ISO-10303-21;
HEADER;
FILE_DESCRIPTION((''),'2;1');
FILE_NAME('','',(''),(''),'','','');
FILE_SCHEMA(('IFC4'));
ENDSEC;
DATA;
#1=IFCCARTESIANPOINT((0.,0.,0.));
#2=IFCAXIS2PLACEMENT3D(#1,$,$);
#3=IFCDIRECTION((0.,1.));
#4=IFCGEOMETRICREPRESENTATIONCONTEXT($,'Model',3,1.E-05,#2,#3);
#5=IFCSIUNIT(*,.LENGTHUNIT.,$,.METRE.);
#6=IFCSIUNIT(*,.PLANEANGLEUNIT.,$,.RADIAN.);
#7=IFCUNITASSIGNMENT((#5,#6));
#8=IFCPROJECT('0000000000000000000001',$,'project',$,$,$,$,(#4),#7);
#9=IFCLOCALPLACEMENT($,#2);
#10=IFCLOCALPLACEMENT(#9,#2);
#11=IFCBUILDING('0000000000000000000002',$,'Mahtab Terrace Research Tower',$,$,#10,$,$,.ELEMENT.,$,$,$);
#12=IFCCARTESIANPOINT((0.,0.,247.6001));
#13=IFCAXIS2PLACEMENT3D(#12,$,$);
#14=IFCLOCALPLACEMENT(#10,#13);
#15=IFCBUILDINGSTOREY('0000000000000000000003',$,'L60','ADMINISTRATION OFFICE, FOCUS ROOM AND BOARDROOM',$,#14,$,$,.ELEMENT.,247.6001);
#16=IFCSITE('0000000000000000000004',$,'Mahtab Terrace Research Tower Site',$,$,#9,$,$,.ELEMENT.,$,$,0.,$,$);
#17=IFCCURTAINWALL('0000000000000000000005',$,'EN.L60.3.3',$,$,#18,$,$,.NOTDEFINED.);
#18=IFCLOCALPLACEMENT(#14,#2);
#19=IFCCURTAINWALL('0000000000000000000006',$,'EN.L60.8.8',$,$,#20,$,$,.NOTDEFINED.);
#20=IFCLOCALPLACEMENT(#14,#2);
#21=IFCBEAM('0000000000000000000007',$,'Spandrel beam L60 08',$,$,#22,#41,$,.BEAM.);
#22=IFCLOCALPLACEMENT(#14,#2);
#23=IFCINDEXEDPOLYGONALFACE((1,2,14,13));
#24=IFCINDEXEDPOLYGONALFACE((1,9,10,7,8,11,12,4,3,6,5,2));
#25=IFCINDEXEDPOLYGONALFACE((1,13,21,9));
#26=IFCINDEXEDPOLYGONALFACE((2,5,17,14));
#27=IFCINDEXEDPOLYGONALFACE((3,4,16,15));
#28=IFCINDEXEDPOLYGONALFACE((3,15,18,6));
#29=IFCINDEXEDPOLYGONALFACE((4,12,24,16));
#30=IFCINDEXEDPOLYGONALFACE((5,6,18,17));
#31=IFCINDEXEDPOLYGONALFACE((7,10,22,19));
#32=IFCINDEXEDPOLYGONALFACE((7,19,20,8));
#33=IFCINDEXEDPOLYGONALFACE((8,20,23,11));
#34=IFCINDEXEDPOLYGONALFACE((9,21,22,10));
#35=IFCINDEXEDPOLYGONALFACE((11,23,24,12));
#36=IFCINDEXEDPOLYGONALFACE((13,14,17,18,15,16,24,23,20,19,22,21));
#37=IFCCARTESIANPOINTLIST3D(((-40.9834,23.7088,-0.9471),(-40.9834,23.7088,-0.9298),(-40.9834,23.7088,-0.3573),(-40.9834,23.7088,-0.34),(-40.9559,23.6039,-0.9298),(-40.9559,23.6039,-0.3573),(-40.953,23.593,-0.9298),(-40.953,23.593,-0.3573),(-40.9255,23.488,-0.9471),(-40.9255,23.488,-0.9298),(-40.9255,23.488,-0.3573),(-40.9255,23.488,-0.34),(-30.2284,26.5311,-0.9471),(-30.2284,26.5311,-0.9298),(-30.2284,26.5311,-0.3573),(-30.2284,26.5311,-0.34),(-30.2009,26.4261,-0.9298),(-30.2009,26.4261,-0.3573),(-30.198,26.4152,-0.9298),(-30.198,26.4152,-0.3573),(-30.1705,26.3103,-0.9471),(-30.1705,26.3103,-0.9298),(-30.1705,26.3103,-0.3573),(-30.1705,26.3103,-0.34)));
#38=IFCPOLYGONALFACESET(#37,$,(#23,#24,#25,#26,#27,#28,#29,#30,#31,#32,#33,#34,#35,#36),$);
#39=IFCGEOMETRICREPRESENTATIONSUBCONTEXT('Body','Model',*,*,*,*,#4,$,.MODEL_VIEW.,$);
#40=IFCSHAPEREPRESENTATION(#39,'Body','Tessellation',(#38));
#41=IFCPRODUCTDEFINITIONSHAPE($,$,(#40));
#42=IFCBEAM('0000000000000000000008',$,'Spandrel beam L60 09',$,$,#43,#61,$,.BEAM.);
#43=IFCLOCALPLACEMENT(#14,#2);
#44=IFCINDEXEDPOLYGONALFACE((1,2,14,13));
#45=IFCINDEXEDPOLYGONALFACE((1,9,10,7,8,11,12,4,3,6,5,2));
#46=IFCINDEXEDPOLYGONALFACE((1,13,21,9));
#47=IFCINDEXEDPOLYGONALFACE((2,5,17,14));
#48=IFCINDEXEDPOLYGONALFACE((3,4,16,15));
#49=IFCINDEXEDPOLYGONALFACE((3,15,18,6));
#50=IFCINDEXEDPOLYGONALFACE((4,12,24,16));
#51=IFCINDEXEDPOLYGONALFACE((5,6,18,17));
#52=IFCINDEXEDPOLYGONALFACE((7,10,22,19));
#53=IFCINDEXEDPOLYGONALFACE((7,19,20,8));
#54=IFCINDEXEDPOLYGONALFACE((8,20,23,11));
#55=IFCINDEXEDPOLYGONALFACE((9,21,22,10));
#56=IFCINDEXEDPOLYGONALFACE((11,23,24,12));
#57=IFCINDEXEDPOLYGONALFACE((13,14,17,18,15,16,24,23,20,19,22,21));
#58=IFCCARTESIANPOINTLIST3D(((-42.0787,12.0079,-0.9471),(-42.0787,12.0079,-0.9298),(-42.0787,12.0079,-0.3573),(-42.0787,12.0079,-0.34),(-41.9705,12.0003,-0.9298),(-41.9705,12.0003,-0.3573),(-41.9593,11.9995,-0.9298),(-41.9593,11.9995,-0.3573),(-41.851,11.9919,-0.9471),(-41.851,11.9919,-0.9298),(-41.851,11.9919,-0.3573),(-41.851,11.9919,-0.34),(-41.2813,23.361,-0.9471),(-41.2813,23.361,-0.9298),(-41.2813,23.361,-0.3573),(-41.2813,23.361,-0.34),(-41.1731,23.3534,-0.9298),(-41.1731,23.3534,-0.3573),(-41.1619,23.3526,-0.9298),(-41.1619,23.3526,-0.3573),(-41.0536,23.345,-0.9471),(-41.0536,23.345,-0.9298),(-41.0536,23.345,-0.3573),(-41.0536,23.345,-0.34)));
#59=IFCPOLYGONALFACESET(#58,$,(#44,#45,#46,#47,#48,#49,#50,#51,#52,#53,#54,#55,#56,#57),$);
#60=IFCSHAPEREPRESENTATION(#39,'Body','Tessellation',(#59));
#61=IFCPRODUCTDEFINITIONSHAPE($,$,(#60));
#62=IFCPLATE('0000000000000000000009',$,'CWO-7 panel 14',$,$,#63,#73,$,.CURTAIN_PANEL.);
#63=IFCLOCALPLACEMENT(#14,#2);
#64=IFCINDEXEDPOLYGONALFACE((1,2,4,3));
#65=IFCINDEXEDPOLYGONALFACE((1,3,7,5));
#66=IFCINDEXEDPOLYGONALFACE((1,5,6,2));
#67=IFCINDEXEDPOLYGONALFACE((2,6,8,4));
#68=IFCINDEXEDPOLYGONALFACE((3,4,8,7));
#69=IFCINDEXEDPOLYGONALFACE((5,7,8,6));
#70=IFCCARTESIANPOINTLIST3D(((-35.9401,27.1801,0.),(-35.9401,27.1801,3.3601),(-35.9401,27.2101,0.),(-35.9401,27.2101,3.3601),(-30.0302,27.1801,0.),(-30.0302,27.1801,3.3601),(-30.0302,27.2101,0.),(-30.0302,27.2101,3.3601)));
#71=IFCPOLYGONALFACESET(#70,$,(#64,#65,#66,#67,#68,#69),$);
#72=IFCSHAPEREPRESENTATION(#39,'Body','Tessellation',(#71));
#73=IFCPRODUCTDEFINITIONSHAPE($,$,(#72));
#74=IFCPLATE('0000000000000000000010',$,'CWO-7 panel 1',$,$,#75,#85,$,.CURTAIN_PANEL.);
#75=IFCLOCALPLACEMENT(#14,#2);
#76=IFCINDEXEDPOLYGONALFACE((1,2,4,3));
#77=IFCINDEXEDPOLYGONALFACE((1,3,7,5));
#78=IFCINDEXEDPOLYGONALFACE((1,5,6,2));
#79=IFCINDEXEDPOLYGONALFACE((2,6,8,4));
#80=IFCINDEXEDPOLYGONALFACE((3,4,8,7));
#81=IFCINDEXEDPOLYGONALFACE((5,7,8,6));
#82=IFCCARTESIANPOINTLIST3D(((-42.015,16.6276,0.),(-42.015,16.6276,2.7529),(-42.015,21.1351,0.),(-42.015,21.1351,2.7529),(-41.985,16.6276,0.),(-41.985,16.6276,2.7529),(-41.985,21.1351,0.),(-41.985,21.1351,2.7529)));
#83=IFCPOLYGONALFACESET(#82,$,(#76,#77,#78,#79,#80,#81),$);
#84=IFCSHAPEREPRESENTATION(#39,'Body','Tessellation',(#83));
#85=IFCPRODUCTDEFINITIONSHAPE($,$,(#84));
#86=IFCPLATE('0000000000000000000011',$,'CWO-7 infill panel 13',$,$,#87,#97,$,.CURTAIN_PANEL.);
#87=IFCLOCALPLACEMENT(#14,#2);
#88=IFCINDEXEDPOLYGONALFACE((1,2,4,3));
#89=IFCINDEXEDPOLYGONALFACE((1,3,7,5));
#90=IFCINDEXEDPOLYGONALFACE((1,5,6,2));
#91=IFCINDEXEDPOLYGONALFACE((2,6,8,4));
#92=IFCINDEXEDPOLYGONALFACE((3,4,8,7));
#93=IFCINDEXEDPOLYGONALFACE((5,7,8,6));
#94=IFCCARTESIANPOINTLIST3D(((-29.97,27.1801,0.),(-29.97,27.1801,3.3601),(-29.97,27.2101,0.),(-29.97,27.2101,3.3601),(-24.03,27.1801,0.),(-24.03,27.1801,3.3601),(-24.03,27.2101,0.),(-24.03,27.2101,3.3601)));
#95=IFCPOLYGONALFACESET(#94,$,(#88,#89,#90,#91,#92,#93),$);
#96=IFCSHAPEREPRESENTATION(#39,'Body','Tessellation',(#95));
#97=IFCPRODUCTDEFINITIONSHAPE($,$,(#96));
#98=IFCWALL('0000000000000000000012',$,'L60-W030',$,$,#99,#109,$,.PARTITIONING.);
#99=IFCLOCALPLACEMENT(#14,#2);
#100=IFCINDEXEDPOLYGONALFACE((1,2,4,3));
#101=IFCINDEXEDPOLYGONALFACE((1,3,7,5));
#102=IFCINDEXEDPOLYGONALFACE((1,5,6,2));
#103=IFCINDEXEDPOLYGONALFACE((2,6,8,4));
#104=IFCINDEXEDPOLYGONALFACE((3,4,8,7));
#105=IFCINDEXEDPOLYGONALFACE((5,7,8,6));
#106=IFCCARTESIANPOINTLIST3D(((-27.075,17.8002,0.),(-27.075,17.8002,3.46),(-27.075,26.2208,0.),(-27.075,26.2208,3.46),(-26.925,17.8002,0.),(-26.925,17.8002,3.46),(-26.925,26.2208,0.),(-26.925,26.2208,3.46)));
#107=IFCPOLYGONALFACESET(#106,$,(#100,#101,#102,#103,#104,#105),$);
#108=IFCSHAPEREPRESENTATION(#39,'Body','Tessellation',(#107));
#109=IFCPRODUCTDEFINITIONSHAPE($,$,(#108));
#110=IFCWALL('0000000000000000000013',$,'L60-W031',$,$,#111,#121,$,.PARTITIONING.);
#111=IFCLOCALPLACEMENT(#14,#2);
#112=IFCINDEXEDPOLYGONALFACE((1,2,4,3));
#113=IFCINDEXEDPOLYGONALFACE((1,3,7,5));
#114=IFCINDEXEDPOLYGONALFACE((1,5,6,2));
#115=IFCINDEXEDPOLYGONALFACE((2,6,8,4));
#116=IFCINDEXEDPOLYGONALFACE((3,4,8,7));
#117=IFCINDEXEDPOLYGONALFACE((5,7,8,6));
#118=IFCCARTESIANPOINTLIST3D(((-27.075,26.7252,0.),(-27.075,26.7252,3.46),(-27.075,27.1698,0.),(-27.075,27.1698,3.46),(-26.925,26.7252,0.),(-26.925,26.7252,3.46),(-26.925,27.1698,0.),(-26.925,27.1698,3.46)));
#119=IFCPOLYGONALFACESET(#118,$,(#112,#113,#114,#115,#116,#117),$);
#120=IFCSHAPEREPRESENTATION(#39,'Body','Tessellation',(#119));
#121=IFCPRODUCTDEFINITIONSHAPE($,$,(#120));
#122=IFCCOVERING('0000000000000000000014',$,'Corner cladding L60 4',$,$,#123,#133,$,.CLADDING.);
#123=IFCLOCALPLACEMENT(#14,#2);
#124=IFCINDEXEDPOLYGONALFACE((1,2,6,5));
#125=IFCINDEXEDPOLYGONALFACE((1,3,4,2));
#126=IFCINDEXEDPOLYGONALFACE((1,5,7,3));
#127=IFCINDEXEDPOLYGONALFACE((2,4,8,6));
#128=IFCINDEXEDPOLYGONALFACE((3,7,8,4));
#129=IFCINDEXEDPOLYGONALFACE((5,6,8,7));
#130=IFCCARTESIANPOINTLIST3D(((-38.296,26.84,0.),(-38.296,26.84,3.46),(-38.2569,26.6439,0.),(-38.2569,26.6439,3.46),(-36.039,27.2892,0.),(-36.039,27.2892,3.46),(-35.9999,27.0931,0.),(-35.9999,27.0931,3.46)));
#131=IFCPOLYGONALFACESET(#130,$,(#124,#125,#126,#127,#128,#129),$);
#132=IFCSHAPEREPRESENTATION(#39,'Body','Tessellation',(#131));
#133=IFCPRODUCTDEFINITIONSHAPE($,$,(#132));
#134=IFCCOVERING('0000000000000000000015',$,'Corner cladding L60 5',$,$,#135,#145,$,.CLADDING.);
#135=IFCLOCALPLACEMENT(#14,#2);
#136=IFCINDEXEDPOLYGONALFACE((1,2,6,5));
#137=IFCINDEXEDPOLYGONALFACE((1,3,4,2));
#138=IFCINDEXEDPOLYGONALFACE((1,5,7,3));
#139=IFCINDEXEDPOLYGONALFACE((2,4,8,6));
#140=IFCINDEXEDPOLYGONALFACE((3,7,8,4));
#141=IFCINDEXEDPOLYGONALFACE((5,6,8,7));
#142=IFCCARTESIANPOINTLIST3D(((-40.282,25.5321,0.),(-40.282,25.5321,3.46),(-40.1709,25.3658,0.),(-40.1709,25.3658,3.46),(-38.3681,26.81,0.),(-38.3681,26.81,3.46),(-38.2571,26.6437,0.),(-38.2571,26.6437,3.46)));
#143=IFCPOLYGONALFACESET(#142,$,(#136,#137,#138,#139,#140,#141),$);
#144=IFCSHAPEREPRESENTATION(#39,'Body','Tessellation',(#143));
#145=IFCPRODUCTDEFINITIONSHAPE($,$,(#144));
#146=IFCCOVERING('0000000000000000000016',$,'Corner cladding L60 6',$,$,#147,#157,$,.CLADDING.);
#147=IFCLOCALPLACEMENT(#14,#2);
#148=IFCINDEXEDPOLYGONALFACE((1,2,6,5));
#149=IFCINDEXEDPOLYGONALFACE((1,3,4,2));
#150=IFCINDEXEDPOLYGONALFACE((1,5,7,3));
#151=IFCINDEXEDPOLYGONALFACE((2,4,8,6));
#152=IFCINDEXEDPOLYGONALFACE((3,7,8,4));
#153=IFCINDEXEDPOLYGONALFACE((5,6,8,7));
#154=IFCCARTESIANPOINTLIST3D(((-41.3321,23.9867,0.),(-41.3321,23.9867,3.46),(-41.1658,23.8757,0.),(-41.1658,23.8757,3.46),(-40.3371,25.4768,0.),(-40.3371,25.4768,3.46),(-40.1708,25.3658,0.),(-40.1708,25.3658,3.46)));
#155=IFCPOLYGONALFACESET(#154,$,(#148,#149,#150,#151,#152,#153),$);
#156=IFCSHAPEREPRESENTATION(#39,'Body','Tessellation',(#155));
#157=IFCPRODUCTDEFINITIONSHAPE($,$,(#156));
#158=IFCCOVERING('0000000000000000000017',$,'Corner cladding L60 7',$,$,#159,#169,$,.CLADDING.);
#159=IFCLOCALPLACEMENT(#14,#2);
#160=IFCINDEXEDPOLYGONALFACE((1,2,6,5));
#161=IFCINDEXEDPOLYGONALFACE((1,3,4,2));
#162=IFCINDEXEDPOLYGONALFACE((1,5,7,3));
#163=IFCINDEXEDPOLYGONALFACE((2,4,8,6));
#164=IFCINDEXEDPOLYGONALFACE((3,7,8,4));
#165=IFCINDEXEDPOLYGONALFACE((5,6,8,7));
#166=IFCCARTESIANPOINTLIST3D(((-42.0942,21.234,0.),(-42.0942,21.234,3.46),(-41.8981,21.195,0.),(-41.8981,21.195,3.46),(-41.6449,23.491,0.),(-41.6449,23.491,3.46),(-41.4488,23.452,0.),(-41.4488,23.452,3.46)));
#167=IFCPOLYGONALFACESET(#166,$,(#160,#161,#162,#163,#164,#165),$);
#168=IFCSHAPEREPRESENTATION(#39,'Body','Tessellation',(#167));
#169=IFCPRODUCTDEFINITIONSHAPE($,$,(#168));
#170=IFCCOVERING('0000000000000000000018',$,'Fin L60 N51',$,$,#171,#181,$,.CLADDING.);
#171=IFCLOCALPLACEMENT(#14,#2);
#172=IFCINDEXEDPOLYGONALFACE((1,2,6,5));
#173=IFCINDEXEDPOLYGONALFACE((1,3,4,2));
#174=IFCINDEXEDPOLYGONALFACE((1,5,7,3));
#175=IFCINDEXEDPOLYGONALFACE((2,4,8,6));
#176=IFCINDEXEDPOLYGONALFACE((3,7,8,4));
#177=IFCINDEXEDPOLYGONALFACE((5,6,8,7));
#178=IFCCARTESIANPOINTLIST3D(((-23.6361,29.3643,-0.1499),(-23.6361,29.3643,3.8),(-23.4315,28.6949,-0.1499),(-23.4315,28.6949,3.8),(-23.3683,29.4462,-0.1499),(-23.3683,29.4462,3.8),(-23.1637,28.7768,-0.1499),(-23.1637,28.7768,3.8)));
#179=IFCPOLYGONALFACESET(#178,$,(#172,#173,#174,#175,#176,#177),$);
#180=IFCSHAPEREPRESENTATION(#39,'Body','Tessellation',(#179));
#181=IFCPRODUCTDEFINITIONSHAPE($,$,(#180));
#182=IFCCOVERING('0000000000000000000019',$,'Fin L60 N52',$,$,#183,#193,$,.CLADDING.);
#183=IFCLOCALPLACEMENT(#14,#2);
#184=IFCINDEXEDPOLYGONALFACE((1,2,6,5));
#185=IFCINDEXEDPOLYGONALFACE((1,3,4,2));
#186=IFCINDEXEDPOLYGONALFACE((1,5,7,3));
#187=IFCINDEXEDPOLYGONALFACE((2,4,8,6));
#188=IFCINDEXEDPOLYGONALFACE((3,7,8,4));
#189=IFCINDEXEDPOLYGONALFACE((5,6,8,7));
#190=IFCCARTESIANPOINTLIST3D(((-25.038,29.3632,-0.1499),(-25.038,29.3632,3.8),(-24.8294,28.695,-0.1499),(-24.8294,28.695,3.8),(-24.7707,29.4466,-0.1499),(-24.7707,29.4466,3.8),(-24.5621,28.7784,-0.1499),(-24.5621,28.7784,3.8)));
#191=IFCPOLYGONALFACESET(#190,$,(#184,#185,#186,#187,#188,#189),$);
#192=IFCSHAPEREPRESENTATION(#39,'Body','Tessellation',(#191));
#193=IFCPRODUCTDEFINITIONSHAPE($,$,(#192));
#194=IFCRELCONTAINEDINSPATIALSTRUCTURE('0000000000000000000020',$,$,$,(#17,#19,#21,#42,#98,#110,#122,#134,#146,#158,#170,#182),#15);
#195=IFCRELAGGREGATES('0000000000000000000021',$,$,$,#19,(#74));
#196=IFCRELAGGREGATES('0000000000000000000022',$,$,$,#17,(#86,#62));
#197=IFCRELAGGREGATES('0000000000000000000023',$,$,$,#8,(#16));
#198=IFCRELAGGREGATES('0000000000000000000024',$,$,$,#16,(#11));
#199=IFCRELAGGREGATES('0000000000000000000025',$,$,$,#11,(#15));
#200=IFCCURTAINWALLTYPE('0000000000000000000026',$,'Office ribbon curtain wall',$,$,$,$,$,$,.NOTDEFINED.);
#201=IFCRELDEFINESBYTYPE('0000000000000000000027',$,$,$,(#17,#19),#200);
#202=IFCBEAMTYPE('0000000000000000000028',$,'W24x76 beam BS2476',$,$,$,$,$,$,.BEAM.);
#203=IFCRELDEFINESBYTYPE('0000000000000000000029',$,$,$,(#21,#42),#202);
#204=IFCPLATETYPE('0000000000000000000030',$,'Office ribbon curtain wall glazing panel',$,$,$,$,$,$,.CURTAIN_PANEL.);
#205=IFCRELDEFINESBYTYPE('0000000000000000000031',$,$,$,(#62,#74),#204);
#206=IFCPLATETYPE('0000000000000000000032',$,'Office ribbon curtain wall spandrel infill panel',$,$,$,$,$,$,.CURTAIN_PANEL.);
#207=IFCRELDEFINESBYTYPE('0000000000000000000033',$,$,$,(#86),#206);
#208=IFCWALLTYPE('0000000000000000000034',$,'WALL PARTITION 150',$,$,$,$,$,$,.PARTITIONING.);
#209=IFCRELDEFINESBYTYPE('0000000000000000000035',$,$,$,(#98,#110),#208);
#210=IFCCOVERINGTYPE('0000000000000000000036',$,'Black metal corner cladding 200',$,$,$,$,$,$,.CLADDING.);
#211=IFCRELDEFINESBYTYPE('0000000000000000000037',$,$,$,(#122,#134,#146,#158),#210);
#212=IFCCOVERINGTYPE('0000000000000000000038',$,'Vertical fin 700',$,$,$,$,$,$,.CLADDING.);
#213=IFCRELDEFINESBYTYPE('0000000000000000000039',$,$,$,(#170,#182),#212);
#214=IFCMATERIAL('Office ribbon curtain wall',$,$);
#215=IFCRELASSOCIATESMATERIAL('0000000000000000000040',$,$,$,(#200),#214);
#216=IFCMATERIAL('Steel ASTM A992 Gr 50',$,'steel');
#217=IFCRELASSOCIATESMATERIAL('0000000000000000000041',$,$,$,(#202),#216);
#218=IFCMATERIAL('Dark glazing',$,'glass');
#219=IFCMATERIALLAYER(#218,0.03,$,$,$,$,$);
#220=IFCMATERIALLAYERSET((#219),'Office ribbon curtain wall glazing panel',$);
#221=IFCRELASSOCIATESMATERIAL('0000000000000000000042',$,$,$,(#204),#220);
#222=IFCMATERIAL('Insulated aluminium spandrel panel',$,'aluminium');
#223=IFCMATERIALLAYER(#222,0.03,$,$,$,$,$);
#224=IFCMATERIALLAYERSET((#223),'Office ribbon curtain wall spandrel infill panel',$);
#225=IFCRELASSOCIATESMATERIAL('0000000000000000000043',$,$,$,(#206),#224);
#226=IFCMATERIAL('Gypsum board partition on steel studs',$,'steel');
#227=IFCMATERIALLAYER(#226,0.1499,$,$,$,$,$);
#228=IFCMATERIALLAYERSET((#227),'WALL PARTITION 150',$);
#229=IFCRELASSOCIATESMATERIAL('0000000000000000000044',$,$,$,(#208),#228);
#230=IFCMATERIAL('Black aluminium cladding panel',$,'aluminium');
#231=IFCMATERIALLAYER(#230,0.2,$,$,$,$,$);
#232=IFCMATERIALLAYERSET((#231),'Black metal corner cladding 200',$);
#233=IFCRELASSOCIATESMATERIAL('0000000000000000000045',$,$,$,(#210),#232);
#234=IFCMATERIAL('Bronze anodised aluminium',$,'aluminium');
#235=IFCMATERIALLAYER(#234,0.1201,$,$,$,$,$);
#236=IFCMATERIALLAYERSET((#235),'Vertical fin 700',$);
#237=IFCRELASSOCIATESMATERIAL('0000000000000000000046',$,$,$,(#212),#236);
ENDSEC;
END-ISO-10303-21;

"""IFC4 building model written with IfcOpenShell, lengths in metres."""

from ifc_helpers import new_model, si_unit, direction, frame, frame_2d, origin, origin_2d, place, context, subcontext, project, spatial, rectangle, i_section, extrude, material, layer, layer_set, material_profile, profile_set, type_object, element, aggregate, save


model = new_model("IFC4")

# Units and contexts
model_context = context("Model", 3, precision=1e-05, world=origin(), true_north=direction((0.0, 1.0)))
body_context = subcontext(model_context, "Body", "Model", "MODEL_VIEW")
ifc_project = project(units=[si_unit("LENGTHUNIT", "METRE"), si_unit("PLANEANGLEUNIT", "RADIAN")], contexts=[model_context])

# Site, building, storey
site_placement = place(None, origin())
site = spatial("IfcSite", under=ifc_project, at=site_placement, Name="Mahtab Terrace Research Tower Site", CompositionType="ELEMENT", RefElevation=0.0)
building_placement = place(site_placement, origin())
building = spatial("IfcBuilding", under=site, at=building_placement, Name="Mahtab Terrace Research Tower", CompositionType="ELEMENT")
storey_placement = place(building_placement, frame((0.0, 0.0, 247.6001)))
storey = spatial("IfcBuildingStorey", under=building, at=storey_placement, Name="L60", Description="ADMINISTRATION OFFICE, FOCUS ROOM AND BOARDROOM", CompositionType="ELEMENT", Elevation=247.6001)

# Shared definitions
ifc_material_1 = material(Name="Steel ASTM A992 Gr 50", Category="steel")

# Curtain wall
ifc_material_2 = material(Name="Office ribbon curtain wall")
curtain_wall_type = type_object("IfcCurtainWallType", Name="Office ribbon curtain wall", PredefinedType="NOTDEFINED", material=ifc_material_2)
curtain_wall_1_placement = place(storey_placement, origin())
curtain_wall_1 = element("IfcCurtainWall", 1, at=curtain_wall_1_placement, inside=storey, type_object=curtain_wall_type, Name="EN.L60.3.3", PredefinedType="NOTDEFINED")

# Curtain wall
curtain_wall_2_placement = place(storey_placement, origin())
curtain_wall_2 = element("IfcCurtainWall", 2, at=curtain_wall_2_placement, inside=storey, type_object=curtain_wall_type, Name="EN.L60.8.8", PredefinedType="NOTDEFINED")

# Beams
ifc_material_profile_1 = material_profile(ifc_material_1, i_section(OverallWidth=0.2283, OverallDepth=0.6072, WebThickness=0.0112, FlangeThickness=0.0173, at=origin_2d()), Name="W24X76")
ifc_profile_set_1 = profile_set([ifc_material_profile_1], Name="Steel ASTM A992 Gr 50")
beam_type = type_object("IfcBeamType", Name="W24x76 beam BS2476", PredefinedType="BEAM", material=ifc_profile_set_1)
beam_1_placement = place(storey_placement, frame((-30.1995, 26.4207, -0.6436), z_axis=(-0.967252, -0.253818, 0.0), x_axis=(0.253818, -0.967252, 0.0)))
element("IfcBeam", 3, at=beam_1_placement, inside=storey, type_object=beam_type, Name="Spandrel beam L60 08", PredefinedType="BEAM", context=body_context, shape_type="SweptSolid", body=[
    extrude(i_section(OverallWidth=0.2283, OverallDepth=0.6072, WebThickness=0.0112, FlangeThickness=0.0173, at=origin_2d()), origin(), (0.0, 0.0, 1.0), 11.1191),
])
beam_2_placement = place(storey_placement, frame((-41.1675, 23.353, -0.6436), z_axis=(-0.070061, -0.997543, 0.0), x_axis=(0.997543, -0.070061, 0.0)))
element("IfcBeam", 4, at=beam_2_placement, inside=storey, type_object=beam_type, Name="Spandrel beam L60 09", PredefinedType="BEAM", context=body_context, shape_type="SweptSolid", body=[
    extrude(i_section(OverallWidth=0.2283, OverallDepth=0.6072, WebThickness=0.0112, FlangeThickness=0.0173, at=origin_2d()), origin(), (0.0, 0.0, 1.0), 11.3811),
])

# Plates
ifc_material_3 = material(Name="Dark glazing", Category="glass")
ifc_layer_1 = layer(ifc_material_3, 0.03)
ifc_layer_set_1 = layer_set([ifc_layer_1], Name="Office ribbon curtain wall glazing panel")
plate_type_1 = type_object("IfcPlateType", Name="Office ribbon curtain wall glazing panel", PredefinedType="CURTAIN_PANEL", material=ifc_layer_set_1)
plate_1_placement = place(storey_placement, frame((-32.9851, 27.1951, 0.0), z_axis=(0.0, 0.0, 1.0), x_axis=(-1.0, 0.0, 0.0)))
plate_1 = element("IfcPlate", 5, at=plate_1_placement, type_object=plate_type_1, Name="CWO-7 panel 14", PredefinedType="CURTAIN_PANEL", context=body_context, shape_type="SweptSolid", body=[
    extrude(rectangle(XDim=5.9099, YDim=0.03, at=origin_2d()), origin(), (0.0, 0.0, 1.0), 3.3601),
])
plate_2_placement = place(storey_placement, frame((-42.0, 18.8813, 0.0), z_axis=(0.0, 0.0, 1.0), x_axis=(0.0, -1.0, 0.0)))
plate_2 = element("IfcPlate", 6, at=plate_2_placement, type_object=plate_type_1, Name="CWO-7 panel 1", PredefinedType="CURTAIN_PANEL", context=body_context, shape_type="SweptSolid", body=[
    extrude(rectangle(XDim=4.5076, YDim=0.03, at=origin_2d()), origin(), (0.0, 0.0, 1.0), 2.7529),
])
aggregate(curtain_wall_2, [plate_2])
ifc_material_4 = material(Name="Insulated aluminium spandrel panel", Category="aluminium")
ifc_layer_2 = layer(ifc_material_4, 0.03)
ifc_layer_set_2 = layer_set([ifc_layer_2], Name="Office ribbon curtain wall spandrel infill panel")
plate_type_2 = type_object("IfcPlateType", Name="Office ribbon curtain wall spandrel infill panel", PredefinedType="CURTAIN_PANEL", material=ifc_layer_set_2)
plate_3_placement = place(storey_placement, frame((-27.0, 27.1951, 0.0), z_axis=(0.0, 0.0, 1.0), x_axis=(-1.0, 0.0, 0.0)))
plate_3 = element("IfcPlate", 7, at=plate_3_placement, type_object=plate_type_2, Name="CWO-7 infill panel 13", PredefinedType="CURTAIN_PANEL", context=body_context, shape_type="SweptSolid", body=[
    extrude(rectangle(XDim=5.9399, YDim=0.03, at=origin_2d()), origin(), (0.0, 0.0, 1.0), 3.3601),
])
aggregate(curtain_wall_1, [plate_3, plate_1])

# Walls
ifc_material_5 = material(Name="Gypsum board partition on steel studs", Category="steel")
ifc_layer_3 = layer(ifc_material_5, 0.1499)
ifc_layer_set_3 = layer_set([ifc_layer_3], Name="WALL PARTITION 150")
wall_type = type_object("IfcWallType", Name="WALL PARTITION 150", PredefinedType="PARTITIONING", material=ifc_layer_set_3)
wall_1_placement = place(storey_placement, frame((-27.0, 17.8, 0.0), z_axis=(0.0, 0.0, 1.0), x_axis=(0.0, 1.0, 0.0)))
element("IfcWall", 8, at=wall_1_placement, inside=storey, type_object=wall_type, Name="L60-W030", PredefinedType="PARTITIONING", context=body_context, shape_type="SweptSolid", body=[
    extrude(rectangle(XDim=8.4207, YDim=0.1499, at=frame_2d((4.2104, 0.0))), origin(), (0.0, 0.0, 1.0), 3.46),
])
wall_2_placement = place(storey_placement, frame((-27.0, 26.7253, 0.0), z_axis=(0.0, 0.0, 1.0), x_axis=(0.0, 1.0, 0.0)))
element("IfcWall", 9, at=wall_2_placement, inside=storey, type_object=wall_type, Name="L60-W031", PredefinedType="PARTITIONING", context=body_context, shape_type="SweptSolid", body=[
    extrude(rectangle(XDim=0.4446, YDim=0.1499, at=frame_2d((0.2222, 0.0))), origin(), (0.0, 0.0, 1.0), 3.46),
])

# Coverings
ifc_material_6 = material(Name="Black aluminium cladding panel", Category="aluminium")
ifc_layer_4 = layer(ifc_material_6, 0.2)
ifc_layer_set_4 = layer_set([ifc_layer_4], Name="Black metal corner cladding 200")
covering_type_1 = type_object("IfcCoveringType", Name="Black metal corner cladding 200", PredefinedType="CLADDING", material=ifc_layer_set_4)
for number, where, z_axis, x_axis, name in (
    (10, (-37.1479, 26.9666, 0.0), (0.0, 0.0, 1.0), (-0.980761, -0.195212, 0.0), "Corner cladding L60 4"),
    (11, (-39.2695, 26.0879, 0.0), (0.0, 0.0, 1.0), (-0.831656, -0.555291, 0.0), "Corner cladding L60 5"),
):
    element("IfcCovering", number, at=place(storey_placement, frame(where, z_axis=z_axis, x_axis=x_axis)), inside=storey, type_object=covering_type_1, Name=name, PredefinedType="CLADDING", context=body_context, shape_type="SweptSolid", body=[
        extrude(rectangle(XDim=2.3013, YDim=0.2, at=origin_2d()), origin(), (0.0, 0.0, 1.0), 3.46),
    ])
covering_1_placement = place(storey_placement, frame((-40.7515, 24.6763, 0.0), z_axis=(0.0, 0.0, 1.0), x_axis=(-0.555291, -0.831656, 0.0)))
element("IfcCovering", 12, at=covering_1_placement, inside=storey, type_object=covering_type_1, Name="Corner cladding L60 6", PredefinedType="CLADDING", context=body_context, shape_type="SweptSolid", body=[
    extrude(rectangle(XDim=1.7917, YDim=0.2, at=origin_2d()), origin(), (0.0, 0.0, 1.0), 3.46),
])
covering_2_placement = place(storey_placement, frame((-41.7715, 22.343, 0.0), z_axis=(0.0, 0.0, 1.0), x_axis=(-0.195212, -0.980761, 0.0)))
element("IfcCovering", 13, at=covering_2_placement, inside=storey, type_object=covering_type_1, Name="Corner cladding L60 7", PredefinedType="CLADDING", context=body_context, shape_type="SweptSolid", body=[
    extrude(rectangle(XDim=2.3013, YDim=0.2, at=origin_2d()), origin(), (0.0, 0.0, 1.0), 3.46),
])
ifc_material_7 = material(Name="Bronze anodised aluminium", Category="aluminium")
ifc_layer_5 = layer(ifc_material_7, 0.1201)
ifc_layer_set_5 = layer_set([ifc_layer_5], Name="Vertical fin 700")
covering_type_2 = type_object("IfcCoveringType", Name="Vertical fin 700", PredefinedType="CLADDING", material=ifc_layer_set_5)
for number, where, z_axis, x_axis, name in (
    (14, (-23.3999, 29.0706, -0.1499), (0.0, 0.0, 1.0), (-0.956305, -0.292372, 0.0), "Fin L60 N51"),
    (15, (-24.8, 29.0708, -0.1499), (0.0, 0.0, 1.0), (-0.954588, -0.29793, 0.0), "Fin L60 N52"),
):
    element("IfcCovering", number, at=place(storey_placement, frame(where, z_axis=z_axis, x_axis=x_axis)), inside=storey, type_object=covering_type_2, Name=name, PredefinedType="CLADDING", context=body_context, shape_type="SweptSolid", body=[
        extrude(rectangle(XDim=0.28, YDim=0.7, at=origin_2d()), origin(), (0.0, 0.0, 1.0), 3.95),
    ])

save(model, "model.ifc")
